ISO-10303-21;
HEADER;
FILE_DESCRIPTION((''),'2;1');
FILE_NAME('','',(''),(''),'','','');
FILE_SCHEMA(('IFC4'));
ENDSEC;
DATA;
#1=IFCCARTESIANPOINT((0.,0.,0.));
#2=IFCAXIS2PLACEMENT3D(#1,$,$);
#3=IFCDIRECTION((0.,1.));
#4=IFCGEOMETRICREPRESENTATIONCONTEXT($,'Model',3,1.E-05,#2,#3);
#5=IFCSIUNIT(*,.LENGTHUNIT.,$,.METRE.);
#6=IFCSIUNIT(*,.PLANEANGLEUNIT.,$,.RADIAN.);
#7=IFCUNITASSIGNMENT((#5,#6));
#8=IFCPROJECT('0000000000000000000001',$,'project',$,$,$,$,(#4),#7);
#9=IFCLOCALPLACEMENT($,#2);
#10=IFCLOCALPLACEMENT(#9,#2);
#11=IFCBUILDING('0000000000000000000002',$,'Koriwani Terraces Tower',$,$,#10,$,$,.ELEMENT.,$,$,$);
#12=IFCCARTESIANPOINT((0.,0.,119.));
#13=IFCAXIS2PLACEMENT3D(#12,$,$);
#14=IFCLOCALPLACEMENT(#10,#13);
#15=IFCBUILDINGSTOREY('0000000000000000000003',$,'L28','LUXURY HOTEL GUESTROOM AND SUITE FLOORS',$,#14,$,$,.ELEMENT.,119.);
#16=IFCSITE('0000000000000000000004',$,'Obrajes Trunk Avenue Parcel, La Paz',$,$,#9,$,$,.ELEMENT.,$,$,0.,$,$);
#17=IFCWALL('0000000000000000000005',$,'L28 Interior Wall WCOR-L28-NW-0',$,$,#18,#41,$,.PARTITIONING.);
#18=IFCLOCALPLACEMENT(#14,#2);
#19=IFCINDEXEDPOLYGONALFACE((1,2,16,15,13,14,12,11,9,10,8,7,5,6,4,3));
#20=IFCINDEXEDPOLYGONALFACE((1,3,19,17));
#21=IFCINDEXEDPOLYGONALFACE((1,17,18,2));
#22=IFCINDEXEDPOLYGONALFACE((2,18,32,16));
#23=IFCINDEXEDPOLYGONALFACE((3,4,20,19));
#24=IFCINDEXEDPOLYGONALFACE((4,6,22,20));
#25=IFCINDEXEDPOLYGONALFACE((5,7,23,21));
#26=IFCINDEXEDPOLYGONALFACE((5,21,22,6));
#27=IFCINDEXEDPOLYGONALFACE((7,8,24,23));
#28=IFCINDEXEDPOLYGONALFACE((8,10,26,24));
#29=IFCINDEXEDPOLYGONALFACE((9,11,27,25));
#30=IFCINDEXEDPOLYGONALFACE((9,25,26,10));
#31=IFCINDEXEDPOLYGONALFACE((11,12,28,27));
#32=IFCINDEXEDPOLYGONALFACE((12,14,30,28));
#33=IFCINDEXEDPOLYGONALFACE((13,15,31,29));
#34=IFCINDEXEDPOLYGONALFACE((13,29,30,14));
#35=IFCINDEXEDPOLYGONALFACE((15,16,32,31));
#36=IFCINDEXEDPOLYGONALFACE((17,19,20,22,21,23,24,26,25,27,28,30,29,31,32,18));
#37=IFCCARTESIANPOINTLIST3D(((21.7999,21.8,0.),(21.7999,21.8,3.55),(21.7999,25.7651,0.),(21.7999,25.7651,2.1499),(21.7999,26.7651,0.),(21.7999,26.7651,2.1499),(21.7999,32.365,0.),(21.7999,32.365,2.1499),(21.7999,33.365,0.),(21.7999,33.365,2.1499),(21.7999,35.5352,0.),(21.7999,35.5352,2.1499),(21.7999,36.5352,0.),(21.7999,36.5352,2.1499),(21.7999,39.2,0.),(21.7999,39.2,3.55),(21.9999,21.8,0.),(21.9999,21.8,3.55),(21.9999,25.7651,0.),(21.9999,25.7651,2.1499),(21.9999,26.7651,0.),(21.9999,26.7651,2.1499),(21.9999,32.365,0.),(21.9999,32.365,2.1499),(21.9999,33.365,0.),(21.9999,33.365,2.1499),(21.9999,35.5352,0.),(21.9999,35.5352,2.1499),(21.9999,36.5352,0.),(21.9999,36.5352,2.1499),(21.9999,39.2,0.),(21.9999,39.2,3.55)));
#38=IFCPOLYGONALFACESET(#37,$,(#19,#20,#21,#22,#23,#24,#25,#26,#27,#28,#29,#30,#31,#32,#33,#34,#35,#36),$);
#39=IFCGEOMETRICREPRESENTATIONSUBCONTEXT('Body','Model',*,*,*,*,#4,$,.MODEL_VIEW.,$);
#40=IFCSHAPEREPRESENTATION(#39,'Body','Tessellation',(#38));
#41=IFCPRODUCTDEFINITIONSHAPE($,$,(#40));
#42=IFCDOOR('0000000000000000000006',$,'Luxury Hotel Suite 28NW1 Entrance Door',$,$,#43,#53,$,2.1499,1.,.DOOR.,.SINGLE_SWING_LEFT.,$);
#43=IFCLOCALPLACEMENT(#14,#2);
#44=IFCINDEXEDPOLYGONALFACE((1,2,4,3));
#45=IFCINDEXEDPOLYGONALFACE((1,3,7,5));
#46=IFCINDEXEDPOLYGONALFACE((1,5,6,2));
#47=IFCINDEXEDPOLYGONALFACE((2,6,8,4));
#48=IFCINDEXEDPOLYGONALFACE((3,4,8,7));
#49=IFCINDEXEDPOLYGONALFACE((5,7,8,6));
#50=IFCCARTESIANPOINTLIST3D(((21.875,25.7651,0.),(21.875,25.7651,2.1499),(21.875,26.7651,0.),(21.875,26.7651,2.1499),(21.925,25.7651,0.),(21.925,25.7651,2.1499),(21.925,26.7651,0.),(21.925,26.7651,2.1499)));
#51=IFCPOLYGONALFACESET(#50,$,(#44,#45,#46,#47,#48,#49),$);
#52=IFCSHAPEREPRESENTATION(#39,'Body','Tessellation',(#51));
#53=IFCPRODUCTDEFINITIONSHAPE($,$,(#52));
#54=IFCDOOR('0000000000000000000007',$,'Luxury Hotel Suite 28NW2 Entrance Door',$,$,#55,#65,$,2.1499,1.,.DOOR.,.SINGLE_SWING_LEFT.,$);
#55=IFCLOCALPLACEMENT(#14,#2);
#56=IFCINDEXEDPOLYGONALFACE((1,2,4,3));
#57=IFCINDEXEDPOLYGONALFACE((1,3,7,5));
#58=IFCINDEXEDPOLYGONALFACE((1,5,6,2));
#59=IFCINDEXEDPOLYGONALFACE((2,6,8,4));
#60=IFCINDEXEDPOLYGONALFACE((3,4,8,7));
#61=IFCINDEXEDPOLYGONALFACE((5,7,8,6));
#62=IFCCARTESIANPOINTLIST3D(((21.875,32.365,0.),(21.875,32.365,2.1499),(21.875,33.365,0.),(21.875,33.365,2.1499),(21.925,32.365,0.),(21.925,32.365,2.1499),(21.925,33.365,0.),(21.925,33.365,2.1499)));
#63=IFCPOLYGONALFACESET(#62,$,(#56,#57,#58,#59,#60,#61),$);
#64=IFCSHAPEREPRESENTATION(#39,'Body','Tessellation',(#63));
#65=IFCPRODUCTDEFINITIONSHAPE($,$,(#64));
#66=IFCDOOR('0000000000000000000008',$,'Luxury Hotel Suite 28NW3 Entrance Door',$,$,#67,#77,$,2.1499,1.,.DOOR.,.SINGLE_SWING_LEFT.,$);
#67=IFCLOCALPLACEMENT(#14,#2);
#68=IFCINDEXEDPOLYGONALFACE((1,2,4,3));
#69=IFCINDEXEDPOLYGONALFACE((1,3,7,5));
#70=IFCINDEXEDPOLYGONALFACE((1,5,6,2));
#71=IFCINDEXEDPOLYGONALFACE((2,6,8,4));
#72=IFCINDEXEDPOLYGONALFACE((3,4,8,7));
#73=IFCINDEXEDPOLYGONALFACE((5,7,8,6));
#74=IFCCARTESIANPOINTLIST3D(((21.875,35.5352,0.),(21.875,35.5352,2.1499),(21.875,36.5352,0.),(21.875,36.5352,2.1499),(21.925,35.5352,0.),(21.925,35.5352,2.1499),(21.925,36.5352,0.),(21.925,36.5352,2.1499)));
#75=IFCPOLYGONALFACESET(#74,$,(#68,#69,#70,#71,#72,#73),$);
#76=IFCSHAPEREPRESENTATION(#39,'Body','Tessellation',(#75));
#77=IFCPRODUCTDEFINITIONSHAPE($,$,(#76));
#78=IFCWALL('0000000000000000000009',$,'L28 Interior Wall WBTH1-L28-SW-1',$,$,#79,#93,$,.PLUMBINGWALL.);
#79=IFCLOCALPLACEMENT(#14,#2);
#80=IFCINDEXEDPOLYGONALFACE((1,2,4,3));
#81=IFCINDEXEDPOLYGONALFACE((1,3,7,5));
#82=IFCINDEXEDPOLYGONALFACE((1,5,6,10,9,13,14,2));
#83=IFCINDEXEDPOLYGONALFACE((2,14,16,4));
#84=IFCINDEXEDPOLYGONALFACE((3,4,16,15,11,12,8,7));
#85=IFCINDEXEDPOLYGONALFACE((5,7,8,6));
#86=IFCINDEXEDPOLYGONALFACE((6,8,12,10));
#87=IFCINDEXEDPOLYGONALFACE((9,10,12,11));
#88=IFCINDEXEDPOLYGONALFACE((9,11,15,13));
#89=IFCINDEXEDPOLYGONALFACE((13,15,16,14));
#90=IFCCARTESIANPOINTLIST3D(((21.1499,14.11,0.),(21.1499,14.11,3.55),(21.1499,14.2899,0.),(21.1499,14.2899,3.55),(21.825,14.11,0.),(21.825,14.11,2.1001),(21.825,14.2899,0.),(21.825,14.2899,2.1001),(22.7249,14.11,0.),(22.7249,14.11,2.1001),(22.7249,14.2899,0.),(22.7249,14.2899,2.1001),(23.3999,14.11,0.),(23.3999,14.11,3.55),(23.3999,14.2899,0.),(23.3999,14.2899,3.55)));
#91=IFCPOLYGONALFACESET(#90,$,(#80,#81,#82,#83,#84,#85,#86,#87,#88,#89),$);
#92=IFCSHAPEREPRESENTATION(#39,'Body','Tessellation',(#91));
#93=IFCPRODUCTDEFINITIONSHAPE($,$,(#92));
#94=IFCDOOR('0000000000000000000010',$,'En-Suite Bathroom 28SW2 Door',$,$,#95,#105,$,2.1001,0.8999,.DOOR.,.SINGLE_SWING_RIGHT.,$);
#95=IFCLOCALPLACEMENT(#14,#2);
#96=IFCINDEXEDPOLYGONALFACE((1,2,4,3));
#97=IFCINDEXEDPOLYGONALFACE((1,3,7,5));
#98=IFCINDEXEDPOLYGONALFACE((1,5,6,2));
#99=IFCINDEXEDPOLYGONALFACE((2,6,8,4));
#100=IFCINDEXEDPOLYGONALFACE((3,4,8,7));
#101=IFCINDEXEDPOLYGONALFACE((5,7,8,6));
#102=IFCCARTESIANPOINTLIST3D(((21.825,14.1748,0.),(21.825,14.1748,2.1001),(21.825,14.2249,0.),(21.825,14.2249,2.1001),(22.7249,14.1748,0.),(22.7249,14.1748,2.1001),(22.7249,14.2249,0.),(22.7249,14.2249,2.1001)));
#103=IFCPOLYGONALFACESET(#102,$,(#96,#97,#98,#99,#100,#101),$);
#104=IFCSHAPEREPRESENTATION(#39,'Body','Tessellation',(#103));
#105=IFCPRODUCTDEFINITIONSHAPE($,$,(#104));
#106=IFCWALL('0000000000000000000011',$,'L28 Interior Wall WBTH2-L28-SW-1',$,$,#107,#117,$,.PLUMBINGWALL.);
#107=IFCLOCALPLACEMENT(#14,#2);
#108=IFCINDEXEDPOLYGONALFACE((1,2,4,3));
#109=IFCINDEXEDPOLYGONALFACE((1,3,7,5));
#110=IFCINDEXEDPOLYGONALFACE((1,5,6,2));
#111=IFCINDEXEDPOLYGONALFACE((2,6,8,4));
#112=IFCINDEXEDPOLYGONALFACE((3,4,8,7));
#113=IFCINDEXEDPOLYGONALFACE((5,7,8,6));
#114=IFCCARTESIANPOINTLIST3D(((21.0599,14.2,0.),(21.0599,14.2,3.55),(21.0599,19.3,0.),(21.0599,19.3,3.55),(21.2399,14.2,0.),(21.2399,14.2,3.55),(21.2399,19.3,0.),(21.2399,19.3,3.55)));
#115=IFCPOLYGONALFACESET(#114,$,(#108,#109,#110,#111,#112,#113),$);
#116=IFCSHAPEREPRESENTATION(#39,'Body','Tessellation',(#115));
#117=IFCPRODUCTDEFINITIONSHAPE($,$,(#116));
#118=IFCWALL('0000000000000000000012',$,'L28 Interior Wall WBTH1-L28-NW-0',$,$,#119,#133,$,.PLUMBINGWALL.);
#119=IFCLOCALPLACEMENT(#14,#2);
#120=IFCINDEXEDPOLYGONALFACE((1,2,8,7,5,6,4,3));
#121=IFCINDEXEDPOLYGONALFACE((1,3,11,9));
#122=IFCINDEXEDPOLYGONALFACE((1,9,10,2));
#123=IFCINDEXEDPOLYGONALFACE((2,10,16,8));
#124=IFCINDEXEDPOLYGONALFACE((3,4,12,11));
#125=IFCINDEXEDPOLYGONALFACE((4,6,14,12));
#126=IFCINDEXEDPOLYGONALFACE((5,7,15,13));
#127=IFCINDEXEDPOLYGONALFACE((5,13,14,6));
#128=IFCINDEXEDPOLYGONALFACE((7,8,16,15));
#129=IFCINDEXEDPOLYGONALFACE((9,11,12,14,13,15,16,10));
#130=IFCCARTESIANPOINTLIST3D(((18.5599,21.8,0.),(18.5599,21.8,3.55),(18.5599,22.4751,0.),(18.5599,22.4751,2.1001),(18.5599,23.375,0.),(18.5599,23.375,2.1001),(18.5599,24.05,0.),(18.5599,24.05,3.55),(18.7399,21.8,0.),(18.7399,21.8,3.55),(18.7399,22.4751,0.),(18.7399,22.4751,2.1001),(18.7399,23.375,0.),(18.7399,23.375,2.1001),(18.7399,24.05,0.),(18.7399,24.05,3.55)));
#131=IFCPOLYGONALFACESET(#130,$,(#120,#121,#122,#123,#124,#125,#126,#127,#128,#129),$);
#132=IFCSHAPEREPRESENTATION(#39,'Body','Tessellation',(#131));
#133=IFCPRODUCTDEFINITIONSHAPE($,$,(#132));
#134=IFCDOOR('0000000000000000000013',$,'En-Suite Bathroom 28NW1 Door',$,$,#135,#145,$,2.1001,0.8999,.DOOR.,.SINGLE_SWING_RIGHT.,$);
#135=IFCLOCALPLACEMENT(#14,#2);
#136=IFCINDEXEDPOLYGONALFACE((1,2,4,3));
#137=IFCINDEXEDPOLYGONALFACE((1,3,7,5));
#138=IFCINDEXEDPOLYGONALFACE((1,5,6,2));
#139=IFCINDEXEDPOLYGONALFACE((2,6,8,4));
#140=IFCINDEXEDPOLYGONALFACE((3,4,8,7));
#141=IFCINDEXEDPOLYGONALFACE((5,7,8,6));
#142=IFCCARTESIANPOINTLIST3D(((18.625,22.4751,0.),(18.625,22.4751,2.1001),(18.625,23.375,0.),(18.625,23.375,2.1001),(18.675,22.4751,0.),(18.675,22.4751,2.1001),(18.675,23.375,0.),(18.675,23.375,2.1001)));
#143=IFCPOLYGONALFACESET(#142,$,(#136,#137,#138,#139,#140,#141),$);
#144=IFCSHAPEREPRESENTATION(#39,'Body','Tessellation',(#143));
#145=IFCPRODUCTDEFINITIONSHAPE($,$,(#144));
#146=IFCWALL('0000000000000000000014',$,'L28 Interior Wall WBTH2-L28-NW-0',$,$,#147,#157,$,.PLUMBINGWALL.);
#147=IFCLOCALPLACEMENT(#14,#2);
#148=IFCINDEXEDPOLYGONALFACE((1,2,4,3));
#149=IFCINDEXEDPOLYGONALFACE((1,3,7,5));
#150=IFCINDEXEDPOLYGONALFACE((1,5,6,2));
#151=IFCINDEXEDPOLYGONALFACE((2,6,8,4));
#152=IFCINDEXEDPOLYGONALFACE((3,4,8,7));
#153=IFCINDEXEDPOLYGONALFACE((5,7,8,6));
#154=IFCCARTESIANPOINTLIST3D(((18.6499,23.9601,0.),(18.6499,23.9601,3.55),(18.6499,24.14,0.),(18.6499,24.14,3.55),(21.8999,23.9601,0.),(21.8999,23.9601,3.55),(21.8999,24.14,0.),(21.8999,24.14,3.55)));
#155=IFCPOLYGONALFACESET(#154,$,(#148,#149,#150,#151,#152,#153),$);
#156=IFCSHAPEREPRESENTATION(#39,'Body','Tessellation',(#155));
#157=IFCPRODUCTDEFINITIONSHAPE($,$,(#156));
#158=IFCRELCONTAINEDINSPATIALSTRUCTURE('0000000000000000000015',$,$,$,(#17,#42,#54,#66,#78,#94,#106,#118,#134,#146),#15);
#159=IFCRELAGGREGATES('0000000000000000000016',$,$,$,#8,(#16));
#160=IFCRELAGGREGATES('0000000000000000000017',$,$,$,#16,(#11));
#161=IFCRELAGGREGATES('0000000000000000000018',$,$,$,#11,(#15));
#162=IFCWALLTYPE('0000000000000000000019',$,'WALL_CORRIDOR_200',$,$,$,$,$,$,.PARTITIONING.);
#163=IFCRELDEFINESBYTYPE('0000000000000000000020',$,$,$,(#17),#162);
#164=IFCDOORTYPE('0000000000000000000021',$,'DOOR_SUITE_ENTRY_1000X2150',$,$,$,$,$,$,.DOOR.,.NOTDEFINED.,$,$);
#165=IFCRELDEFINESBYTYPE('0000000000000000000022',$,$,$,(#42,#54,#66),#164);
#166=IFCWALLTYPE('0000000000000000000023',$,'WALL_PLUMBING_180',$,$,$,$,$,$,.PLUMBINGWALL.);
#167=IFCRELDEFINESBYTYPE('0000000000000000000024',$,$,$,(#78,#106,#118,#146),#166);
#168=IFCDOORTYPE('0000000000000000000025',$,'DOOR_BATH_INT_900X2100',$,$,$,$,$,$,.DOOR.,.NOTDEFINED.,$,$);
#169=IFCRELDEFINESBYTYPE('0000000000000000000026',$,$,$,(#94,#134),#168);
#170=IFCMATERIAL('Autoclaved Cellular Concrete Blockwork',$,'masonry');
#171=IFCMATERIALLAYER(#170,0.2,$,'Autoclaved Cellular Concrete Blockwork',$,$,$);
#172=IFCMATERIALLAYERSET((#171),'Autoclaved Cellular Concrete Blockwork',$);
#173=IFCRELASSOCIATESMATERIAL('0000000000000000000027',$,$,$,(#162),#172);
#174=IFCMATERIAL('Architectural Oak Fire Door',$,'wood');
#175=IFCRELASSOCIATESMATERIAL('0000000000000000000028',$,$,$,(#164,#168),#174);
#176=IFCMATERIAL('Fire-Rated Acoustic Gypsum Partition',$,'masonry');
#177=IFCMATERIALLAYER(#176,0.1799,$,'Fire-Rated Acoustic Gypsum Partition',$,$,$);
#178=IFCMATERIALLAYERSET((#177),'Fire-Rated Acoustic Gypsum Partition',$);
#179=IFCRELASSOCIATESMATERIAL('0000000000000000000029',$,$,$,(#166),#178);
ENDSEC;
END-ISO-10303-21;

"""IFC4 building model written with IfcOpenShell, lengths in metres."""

from ifc_helpers import new_model, si_unit, direction, frame, frame_2d, origin, place, context, subcontext, project, spatial, rectangle, extrude, material, layer, layer_set, type_object, element, fill, save


model = new_model("IFC4")

# Units and contexts
model_context = context("Model", 3, precision=1e-05, world=origin(), true_north=direction((0.0, 1.0)))
body_context = subcontext(model_context, "Body", "Model", "MODEL_VIEW")
ifc_project = project(units=[si_unit("LENGTHUNIT", "METRE"), si_unit("PLANEANGLEUNIT", "RADIAN")], contexts=[model_context])

# Site, building, storey
site_placement = place(None, origin())
site = spatial("IfcSite", under=ifc_project, at=site_placement, Name="Obrajes Trunk Avenue Parcel, La Paz", CompositionType="ELEMENT", RefElevation=0.0)
building_placement = place(site_placement, origin())
building = spatial("IfcBuilding", under=site, at=building_placement, Name="Koriwani Terraces Tower", CompositionType="ELEMENT")
storey_placement = place(building_placement, frame((0.0, 0.0, 119.0)))
storey = spatial("IfcBuildingStorey", under=building, at=storey_placement, Name="L28", Description="LUXURY HOTEL GUESTROOM AND SUITE FLOORS", CompositionType="ELEMENT", Elevation=119.0)

# Shared definitions
ifc_material_1 = material(Name="Autoclaved Cellular Concrete Blockwork", Category="masonry")
ifc_layer_1 = layer(ifc_material_1, 0.2, Name="Autoclaved Cellular Concrete Blockwork")
ifc_layer_set_1 = layer_set([ifc_layer_1], Name="Autoclaved Cellular Concrete Blockwork")
wall_type_1 = type_object("IfcWallType", Name="WALL_CORRIDOR_200", PredefinedType="PARTITIONING", material=ifc_layer_set_1)
ifc_material_2 = material(Name="Architectural Oak Fire Door", Category="wood")

# Wall, openings, doors
wall_1_placement = place(storey_placement, frame((21.8999, 21.8, 0.0), z_axis=(0.0, 0.0, 1.0), x_axis=(0.0, 1.0, 0.0)))
wall_1 = element("IfcWall", 1, at=wall_1_placement, inside=storey, type_object=wall_type_1, Name="L28 Interior Wall WCOR-L28-NW-0", PredefinedType="PARTITIONING", context=body_context, shape_type="SweptSolid", body=[
    extrude(rectangle(XDim=17.3999, YDim=0.2, at=frame_2d((8.7, 0.0))), origin(), (0.0, 0.0, 1.0), 3.55),
])
opening_1_placement = place(wall_1_placement, frame((3.9651, 0.0, 0.0)))
opening_1 = element("IfcOpeningElement", 2, at=opening_1_placement, cuts=wall_1, PredefinedType="OPENING", context=body_context, shape_type="SweptSolid", body=[
    extrude(rectangle(XDim=1.0, YDim=2.1499, at=frame_2d((0.5, 1.075))), frame((0.0, 0.1099, 0.0), z_axis=(0.0, -1.0, 0.0), x_axis=(1.0, 0.0, 0.0)), (0.0, 0.0, 1.0), 0.22),
])
opening_2_placement = place(wall_1_placement, frame((10.5649, 0.0, 0.0)))
opening_2 = element("IfcOpeningElement", 3, at=opening_2_placement, cuts=wall_1, PredefinedType="OPENING", context=body_context, shape_type="SweptSolid", body=[
    extrude(rectangle(XDim=1.0, YDim=2.1499, at=frame_2d((0.5, 1.075))), frame((0.0, 0.1099, 0.0), z_axis=(0.0, -1.0, 0.0), x_axis=(1.0, 0.0, 0.0)), (0.0, 0.0, 1.0), 0.22),
])
opening_3_placement = place(wall_1_placement, frame((13.7351, 0.0, 0.0)))
opening_3 = element("IfcOpeningElement", 4, at=opening_3_placement, cuts=wall_1, PredefinedType="OPENING", context=body_context, shape_type="SweptSolid", body=[
    extrude(rectangle(XDim=1.0, YDim=2.1499, at=frame_2d((0.5, 1.075))), frame((0.0, 0.1099, 0.0), z_axis=(0.0, -1.0, 0.0), x_axis=(1.0, 0.0, 0.0)), (0.0, 0.0, 1.0), 0.22),
])
door_type_1 = type_object("IfcDoorType", Name="DOOR_SUITE_ENTRY_1000X2150", OperationType="NOTDEFINED", PredefinedType="DOOR", material=ifc_material_2)
door_1_placement = place(opening_1_placement, origin())
door_1 = element("IfcDoor", 5, at=door_1_placement, inside=storey, type_object=door_type_1, Name="Luxury Hotel Suite 28NW1 Entrance Door", OperationType="SINGLE_SWING_LEFT", OverallHeight=2.1499, OverallWidth=1.0, PredefinedType="DOOR", context=body_context, shape_type="SweptSolid", body=[
    extrude(rectangle(XDim=1.0, YDim=2.1499, at=frame_2d((0.5, 1.075))), frame((0.0, 0.0249, 0.0), z_axis=(0.0, -1.0, 0.0), x_axis=(1.0, 0.0, 0.0)), (0.0, 0.0, 1.0), 0.05),
])
fill(opening_1, door_1)
door_2_placement = place(opening_2_placement, origin())
door_2 = element("IfcDoor", 6, at=door_2_placement, inside=storey, type_object=door_type_1, Name="Luxury Hotel Suite 28NW2 Entrance Door", OperationType="SINGLE_SWING_LEFT", OverallHeight=2.1499, OverallWidth=1.0, PredefinedType="DOOR", context=body_context, shape_type="SweptSolid", body=[
    extrude(rectangle(XDim=1.0, YDim=2.1499, at=frame_2d((0.5, 1.075))), frame((0.0, 0.0249, 0.0), z_axis=(0.0, -1.0, 0.0), x_axis=(1.0, 0.0, 0.0)), (0.0, 0.0, 1.0), 0.05),
])
fill(opening_2, door_2)
door_3_placement = place(opening_3_placement, origin())
door_3 = element("IfcDoor", 7, at=door_3_placement, inside=storey, type_object=door_type_1, Name="Luxury Hotel Suite 28NW3 Entrance Door", OperationType="SINGLE_SWING_LEFT", OverallHeight=2.1499, OverallWidth=1.0, PredefinedType="DOOR", context=body_context, shape_type="SweptSolid", body=[
    extrude(rectangle(XDim=1.0, YDim=2.1499, at=frame_2d((0.5, 1.075))), frame((0.0, 0.0249, 0.0), z_axis=(0.0, -1.0, 0.0), x_axis=(1.0, 0.0, 0.0)), (0.0, 0.0, 1.0), 0.05),
])
fill(opening_3, door_3)

# Wall, opening, door
ifc_material_3 = material(Name="Fire-Rated Acoustic Gypsum Partition", Category="masonry")
ifc_layer_2 = layer(ifc_material_3, 0.1799, Name="Fire-Rated Acoustic Gypsum Partition")
ifc_layer_set_2 = layer_set([ifc_layer_2], Name="Fire-Rated Acoustic Gypsum Partition")
wall_type_2 = type_object("IfcWallType", Name="WALL_PLUMBING_180", PredefinedType="PLUMBINGWALL", material=ifc_layer_set_2)
wall_2_placement = place(storey_placement, frame((21.1499, 14.2, 0.0), z_axis=(0.0, 0.0, 1.0), x_axis=(1.0, 0.0, 0.0)))
wall_2 = element("IfcWall", 8, at=wall_2_placement, inside=storey, type_object=wall_type_2, Name="L28 Interior Wall WBTH1-L28-SW-1", PredefinedType="PLUMBINGWALL", context=body_context, shape_type="SweptSolid", body=[
    extrude(rectangle(XDim=2.25, YDim=0.1799, at=frame_2d((1.125, 0.0))), origin(), (0.0, 0.0, 1.0), 3.55),
])
opening_4_placement = place(wall_2_placement, frame((0.675, 0.0, 0.0)))
opening_4 = element("IfcOpeningElement", 9, at=opening_4_placement, cuts=wall_2, PredefinedType="OPENING", context=body_context, shape_type="SweptSolid", body=[
    extrude(rectangle(XDim=0.8999, YDim=2.1001, at=frame_2d((0.45, 1.05))), frame((0.0, 0.1001, 0.0), z_axis=(0.0, -1.0, 0.0), x_axis=(1.0, 0.0, 0.0)), (0.0, 0.0, 1.0), 0.2),
])
door_type_2 = type_object("IfcDoorType", Name="DOOR_BATH_INT_900X2100", OperationType="NOTDEFINED", PredefinedType="DOOR", material=ifc_material_2)
door_4_placement = place(opening_4_placement, origin())
door_4 = element("IfcDoor", 10, at=door_4_placement, inside=storey, type_object=door_type_2, Name="En-Suite Bathroom 28SW2 Door", OperationType="SINGLE_SWING_RIGHT", OverallHeight=2.1001, OverallWidth=0.8999, PredefinedType="DOOR", context=body_context, shape_type="SweptSolid", body=[
    extrude(rectangle(XDim=0.8999, YDim=2.1001, at=frame_2d((0.45, 1.05))), frame((0.0, 0.0249, 0.0), z_axis=(0.0, -1.0, 0.0), x_axis=(1.0, 0.0, 0.0)), (0.0, 0.0, 1.0), 0.05),
])
fill(opening_4, door_4)

# Wall
wall_3_placement = place(storey_placement, frame((21.1499, 14.2, 0.0), z_axis=(0.0, 0.0, 1.0), x_axis=(0.0, 1.0, 0.0)))
element("IfcWall", 11, at=wall_3_placement, inside=storey, type_object=wall_type_2, Name="L28 Interior Wall WBTH2-L28-SW-1", PredefinedType="PLUMBINGWALL", context=body_context, shape_type="SweptSolid", body=[
    extrude(rectangle(XDim=5.1001, YDim=0.1799, at=frame_2d((2.55, 0.0))), origin(), (0.0, 0.0, 1.0), 3.55),
])

# Wall, opening, door
wall_4_placement = place(storey_placement, frame((18.6499, 21.8, 0.0), z_axis=(0.0, 0.0, 1.0), x_axis=(0.0, 1.0, 0.0)))
wall_4 = element("IfcWall", 12, at=wall_4_placement, inside=storey, type_object=wall_type_2, Name="L28 Interior Wall WBTH1-L28-NW-0", PredefinedType="PLUMBINGWALL", context=body_context, shape_type="SweptSolid", body=[
    extrude(rectangle(XDim=2.25, YDim=0.1799, at=frame_2d((1.125, 0.0))), origin(), (0.0, 0.0, 1.0), 3.55),
])
opening_5_placement = place(wall_4_placement, frame((0.675, 0.0, 0.0)))
opening_5 = element("IfcOpeningElement", 13, at=opening_5_placement, cuts=wall_4, PredefinedType="OPENING", context=body_context, shape_type="SweptSolid", body=[
    extrude(rectangle(XDim=0.8999, YDim=2.1001, at=frame_2d((0.45, 1.05))), frame((0.0, 0.1001, 0.0), z_axis=(0.0, -1.0, 0.0), x_axis=(1.0, 0.0, 0.0)), (0.0, 0.0, 1.0), 0.2),
])
door_5_placement = place(opening_5_placement, origin())
door_5 = element("IfcDoor", 14, at=door_5_placement, inside=storey, type_object=door_type_2, Name="En-Suite Bathroom 28NW1 Door", OperationType="SINGLE_SWING_RIGHT", OverallHeight=2.1001, OverallWidth=0.8999, PredefinedType="DOOR", context=body_context, shape_type="SweptSolid", body=[
    extrude(rectangle(XDim=0.8999, YDim=2.1001, at=frame_2d((0.45, 1.05))), frame((0.0, 0.0249, 0.0), z_axis=(0.0, -1.0, 0.0), x_axis=(1.0, 0.0, 0.0)), (0.0, 0.0, 1.0), 0.05),
])
fill(opening_5, door_5)

# Wall
wall_5_placement = place(storey_placement, frame((18.6499, 24.05, 0.0), z_axis=(0.0, 0.0, 1.0), x_axis=(1.0, 0.0, 0.0)))
element("IfcWall", 15, at=wall_5_placement, inside=storey, type_object=wall_type_2, Name="L28 Interior Wall WBTH2-L28-NW-0", PredefinedType="PLUMBINGWALL", context=body_context, shape_type="SweptSolid", body=[
    extrude(rectangle(XDim=3.25, YDim=0.1799, at=frame_2d((1.625, 0.0))), origin(), (0.0, 0.0, 1.0), 3.55),
])

save(model, "model.ifc")
